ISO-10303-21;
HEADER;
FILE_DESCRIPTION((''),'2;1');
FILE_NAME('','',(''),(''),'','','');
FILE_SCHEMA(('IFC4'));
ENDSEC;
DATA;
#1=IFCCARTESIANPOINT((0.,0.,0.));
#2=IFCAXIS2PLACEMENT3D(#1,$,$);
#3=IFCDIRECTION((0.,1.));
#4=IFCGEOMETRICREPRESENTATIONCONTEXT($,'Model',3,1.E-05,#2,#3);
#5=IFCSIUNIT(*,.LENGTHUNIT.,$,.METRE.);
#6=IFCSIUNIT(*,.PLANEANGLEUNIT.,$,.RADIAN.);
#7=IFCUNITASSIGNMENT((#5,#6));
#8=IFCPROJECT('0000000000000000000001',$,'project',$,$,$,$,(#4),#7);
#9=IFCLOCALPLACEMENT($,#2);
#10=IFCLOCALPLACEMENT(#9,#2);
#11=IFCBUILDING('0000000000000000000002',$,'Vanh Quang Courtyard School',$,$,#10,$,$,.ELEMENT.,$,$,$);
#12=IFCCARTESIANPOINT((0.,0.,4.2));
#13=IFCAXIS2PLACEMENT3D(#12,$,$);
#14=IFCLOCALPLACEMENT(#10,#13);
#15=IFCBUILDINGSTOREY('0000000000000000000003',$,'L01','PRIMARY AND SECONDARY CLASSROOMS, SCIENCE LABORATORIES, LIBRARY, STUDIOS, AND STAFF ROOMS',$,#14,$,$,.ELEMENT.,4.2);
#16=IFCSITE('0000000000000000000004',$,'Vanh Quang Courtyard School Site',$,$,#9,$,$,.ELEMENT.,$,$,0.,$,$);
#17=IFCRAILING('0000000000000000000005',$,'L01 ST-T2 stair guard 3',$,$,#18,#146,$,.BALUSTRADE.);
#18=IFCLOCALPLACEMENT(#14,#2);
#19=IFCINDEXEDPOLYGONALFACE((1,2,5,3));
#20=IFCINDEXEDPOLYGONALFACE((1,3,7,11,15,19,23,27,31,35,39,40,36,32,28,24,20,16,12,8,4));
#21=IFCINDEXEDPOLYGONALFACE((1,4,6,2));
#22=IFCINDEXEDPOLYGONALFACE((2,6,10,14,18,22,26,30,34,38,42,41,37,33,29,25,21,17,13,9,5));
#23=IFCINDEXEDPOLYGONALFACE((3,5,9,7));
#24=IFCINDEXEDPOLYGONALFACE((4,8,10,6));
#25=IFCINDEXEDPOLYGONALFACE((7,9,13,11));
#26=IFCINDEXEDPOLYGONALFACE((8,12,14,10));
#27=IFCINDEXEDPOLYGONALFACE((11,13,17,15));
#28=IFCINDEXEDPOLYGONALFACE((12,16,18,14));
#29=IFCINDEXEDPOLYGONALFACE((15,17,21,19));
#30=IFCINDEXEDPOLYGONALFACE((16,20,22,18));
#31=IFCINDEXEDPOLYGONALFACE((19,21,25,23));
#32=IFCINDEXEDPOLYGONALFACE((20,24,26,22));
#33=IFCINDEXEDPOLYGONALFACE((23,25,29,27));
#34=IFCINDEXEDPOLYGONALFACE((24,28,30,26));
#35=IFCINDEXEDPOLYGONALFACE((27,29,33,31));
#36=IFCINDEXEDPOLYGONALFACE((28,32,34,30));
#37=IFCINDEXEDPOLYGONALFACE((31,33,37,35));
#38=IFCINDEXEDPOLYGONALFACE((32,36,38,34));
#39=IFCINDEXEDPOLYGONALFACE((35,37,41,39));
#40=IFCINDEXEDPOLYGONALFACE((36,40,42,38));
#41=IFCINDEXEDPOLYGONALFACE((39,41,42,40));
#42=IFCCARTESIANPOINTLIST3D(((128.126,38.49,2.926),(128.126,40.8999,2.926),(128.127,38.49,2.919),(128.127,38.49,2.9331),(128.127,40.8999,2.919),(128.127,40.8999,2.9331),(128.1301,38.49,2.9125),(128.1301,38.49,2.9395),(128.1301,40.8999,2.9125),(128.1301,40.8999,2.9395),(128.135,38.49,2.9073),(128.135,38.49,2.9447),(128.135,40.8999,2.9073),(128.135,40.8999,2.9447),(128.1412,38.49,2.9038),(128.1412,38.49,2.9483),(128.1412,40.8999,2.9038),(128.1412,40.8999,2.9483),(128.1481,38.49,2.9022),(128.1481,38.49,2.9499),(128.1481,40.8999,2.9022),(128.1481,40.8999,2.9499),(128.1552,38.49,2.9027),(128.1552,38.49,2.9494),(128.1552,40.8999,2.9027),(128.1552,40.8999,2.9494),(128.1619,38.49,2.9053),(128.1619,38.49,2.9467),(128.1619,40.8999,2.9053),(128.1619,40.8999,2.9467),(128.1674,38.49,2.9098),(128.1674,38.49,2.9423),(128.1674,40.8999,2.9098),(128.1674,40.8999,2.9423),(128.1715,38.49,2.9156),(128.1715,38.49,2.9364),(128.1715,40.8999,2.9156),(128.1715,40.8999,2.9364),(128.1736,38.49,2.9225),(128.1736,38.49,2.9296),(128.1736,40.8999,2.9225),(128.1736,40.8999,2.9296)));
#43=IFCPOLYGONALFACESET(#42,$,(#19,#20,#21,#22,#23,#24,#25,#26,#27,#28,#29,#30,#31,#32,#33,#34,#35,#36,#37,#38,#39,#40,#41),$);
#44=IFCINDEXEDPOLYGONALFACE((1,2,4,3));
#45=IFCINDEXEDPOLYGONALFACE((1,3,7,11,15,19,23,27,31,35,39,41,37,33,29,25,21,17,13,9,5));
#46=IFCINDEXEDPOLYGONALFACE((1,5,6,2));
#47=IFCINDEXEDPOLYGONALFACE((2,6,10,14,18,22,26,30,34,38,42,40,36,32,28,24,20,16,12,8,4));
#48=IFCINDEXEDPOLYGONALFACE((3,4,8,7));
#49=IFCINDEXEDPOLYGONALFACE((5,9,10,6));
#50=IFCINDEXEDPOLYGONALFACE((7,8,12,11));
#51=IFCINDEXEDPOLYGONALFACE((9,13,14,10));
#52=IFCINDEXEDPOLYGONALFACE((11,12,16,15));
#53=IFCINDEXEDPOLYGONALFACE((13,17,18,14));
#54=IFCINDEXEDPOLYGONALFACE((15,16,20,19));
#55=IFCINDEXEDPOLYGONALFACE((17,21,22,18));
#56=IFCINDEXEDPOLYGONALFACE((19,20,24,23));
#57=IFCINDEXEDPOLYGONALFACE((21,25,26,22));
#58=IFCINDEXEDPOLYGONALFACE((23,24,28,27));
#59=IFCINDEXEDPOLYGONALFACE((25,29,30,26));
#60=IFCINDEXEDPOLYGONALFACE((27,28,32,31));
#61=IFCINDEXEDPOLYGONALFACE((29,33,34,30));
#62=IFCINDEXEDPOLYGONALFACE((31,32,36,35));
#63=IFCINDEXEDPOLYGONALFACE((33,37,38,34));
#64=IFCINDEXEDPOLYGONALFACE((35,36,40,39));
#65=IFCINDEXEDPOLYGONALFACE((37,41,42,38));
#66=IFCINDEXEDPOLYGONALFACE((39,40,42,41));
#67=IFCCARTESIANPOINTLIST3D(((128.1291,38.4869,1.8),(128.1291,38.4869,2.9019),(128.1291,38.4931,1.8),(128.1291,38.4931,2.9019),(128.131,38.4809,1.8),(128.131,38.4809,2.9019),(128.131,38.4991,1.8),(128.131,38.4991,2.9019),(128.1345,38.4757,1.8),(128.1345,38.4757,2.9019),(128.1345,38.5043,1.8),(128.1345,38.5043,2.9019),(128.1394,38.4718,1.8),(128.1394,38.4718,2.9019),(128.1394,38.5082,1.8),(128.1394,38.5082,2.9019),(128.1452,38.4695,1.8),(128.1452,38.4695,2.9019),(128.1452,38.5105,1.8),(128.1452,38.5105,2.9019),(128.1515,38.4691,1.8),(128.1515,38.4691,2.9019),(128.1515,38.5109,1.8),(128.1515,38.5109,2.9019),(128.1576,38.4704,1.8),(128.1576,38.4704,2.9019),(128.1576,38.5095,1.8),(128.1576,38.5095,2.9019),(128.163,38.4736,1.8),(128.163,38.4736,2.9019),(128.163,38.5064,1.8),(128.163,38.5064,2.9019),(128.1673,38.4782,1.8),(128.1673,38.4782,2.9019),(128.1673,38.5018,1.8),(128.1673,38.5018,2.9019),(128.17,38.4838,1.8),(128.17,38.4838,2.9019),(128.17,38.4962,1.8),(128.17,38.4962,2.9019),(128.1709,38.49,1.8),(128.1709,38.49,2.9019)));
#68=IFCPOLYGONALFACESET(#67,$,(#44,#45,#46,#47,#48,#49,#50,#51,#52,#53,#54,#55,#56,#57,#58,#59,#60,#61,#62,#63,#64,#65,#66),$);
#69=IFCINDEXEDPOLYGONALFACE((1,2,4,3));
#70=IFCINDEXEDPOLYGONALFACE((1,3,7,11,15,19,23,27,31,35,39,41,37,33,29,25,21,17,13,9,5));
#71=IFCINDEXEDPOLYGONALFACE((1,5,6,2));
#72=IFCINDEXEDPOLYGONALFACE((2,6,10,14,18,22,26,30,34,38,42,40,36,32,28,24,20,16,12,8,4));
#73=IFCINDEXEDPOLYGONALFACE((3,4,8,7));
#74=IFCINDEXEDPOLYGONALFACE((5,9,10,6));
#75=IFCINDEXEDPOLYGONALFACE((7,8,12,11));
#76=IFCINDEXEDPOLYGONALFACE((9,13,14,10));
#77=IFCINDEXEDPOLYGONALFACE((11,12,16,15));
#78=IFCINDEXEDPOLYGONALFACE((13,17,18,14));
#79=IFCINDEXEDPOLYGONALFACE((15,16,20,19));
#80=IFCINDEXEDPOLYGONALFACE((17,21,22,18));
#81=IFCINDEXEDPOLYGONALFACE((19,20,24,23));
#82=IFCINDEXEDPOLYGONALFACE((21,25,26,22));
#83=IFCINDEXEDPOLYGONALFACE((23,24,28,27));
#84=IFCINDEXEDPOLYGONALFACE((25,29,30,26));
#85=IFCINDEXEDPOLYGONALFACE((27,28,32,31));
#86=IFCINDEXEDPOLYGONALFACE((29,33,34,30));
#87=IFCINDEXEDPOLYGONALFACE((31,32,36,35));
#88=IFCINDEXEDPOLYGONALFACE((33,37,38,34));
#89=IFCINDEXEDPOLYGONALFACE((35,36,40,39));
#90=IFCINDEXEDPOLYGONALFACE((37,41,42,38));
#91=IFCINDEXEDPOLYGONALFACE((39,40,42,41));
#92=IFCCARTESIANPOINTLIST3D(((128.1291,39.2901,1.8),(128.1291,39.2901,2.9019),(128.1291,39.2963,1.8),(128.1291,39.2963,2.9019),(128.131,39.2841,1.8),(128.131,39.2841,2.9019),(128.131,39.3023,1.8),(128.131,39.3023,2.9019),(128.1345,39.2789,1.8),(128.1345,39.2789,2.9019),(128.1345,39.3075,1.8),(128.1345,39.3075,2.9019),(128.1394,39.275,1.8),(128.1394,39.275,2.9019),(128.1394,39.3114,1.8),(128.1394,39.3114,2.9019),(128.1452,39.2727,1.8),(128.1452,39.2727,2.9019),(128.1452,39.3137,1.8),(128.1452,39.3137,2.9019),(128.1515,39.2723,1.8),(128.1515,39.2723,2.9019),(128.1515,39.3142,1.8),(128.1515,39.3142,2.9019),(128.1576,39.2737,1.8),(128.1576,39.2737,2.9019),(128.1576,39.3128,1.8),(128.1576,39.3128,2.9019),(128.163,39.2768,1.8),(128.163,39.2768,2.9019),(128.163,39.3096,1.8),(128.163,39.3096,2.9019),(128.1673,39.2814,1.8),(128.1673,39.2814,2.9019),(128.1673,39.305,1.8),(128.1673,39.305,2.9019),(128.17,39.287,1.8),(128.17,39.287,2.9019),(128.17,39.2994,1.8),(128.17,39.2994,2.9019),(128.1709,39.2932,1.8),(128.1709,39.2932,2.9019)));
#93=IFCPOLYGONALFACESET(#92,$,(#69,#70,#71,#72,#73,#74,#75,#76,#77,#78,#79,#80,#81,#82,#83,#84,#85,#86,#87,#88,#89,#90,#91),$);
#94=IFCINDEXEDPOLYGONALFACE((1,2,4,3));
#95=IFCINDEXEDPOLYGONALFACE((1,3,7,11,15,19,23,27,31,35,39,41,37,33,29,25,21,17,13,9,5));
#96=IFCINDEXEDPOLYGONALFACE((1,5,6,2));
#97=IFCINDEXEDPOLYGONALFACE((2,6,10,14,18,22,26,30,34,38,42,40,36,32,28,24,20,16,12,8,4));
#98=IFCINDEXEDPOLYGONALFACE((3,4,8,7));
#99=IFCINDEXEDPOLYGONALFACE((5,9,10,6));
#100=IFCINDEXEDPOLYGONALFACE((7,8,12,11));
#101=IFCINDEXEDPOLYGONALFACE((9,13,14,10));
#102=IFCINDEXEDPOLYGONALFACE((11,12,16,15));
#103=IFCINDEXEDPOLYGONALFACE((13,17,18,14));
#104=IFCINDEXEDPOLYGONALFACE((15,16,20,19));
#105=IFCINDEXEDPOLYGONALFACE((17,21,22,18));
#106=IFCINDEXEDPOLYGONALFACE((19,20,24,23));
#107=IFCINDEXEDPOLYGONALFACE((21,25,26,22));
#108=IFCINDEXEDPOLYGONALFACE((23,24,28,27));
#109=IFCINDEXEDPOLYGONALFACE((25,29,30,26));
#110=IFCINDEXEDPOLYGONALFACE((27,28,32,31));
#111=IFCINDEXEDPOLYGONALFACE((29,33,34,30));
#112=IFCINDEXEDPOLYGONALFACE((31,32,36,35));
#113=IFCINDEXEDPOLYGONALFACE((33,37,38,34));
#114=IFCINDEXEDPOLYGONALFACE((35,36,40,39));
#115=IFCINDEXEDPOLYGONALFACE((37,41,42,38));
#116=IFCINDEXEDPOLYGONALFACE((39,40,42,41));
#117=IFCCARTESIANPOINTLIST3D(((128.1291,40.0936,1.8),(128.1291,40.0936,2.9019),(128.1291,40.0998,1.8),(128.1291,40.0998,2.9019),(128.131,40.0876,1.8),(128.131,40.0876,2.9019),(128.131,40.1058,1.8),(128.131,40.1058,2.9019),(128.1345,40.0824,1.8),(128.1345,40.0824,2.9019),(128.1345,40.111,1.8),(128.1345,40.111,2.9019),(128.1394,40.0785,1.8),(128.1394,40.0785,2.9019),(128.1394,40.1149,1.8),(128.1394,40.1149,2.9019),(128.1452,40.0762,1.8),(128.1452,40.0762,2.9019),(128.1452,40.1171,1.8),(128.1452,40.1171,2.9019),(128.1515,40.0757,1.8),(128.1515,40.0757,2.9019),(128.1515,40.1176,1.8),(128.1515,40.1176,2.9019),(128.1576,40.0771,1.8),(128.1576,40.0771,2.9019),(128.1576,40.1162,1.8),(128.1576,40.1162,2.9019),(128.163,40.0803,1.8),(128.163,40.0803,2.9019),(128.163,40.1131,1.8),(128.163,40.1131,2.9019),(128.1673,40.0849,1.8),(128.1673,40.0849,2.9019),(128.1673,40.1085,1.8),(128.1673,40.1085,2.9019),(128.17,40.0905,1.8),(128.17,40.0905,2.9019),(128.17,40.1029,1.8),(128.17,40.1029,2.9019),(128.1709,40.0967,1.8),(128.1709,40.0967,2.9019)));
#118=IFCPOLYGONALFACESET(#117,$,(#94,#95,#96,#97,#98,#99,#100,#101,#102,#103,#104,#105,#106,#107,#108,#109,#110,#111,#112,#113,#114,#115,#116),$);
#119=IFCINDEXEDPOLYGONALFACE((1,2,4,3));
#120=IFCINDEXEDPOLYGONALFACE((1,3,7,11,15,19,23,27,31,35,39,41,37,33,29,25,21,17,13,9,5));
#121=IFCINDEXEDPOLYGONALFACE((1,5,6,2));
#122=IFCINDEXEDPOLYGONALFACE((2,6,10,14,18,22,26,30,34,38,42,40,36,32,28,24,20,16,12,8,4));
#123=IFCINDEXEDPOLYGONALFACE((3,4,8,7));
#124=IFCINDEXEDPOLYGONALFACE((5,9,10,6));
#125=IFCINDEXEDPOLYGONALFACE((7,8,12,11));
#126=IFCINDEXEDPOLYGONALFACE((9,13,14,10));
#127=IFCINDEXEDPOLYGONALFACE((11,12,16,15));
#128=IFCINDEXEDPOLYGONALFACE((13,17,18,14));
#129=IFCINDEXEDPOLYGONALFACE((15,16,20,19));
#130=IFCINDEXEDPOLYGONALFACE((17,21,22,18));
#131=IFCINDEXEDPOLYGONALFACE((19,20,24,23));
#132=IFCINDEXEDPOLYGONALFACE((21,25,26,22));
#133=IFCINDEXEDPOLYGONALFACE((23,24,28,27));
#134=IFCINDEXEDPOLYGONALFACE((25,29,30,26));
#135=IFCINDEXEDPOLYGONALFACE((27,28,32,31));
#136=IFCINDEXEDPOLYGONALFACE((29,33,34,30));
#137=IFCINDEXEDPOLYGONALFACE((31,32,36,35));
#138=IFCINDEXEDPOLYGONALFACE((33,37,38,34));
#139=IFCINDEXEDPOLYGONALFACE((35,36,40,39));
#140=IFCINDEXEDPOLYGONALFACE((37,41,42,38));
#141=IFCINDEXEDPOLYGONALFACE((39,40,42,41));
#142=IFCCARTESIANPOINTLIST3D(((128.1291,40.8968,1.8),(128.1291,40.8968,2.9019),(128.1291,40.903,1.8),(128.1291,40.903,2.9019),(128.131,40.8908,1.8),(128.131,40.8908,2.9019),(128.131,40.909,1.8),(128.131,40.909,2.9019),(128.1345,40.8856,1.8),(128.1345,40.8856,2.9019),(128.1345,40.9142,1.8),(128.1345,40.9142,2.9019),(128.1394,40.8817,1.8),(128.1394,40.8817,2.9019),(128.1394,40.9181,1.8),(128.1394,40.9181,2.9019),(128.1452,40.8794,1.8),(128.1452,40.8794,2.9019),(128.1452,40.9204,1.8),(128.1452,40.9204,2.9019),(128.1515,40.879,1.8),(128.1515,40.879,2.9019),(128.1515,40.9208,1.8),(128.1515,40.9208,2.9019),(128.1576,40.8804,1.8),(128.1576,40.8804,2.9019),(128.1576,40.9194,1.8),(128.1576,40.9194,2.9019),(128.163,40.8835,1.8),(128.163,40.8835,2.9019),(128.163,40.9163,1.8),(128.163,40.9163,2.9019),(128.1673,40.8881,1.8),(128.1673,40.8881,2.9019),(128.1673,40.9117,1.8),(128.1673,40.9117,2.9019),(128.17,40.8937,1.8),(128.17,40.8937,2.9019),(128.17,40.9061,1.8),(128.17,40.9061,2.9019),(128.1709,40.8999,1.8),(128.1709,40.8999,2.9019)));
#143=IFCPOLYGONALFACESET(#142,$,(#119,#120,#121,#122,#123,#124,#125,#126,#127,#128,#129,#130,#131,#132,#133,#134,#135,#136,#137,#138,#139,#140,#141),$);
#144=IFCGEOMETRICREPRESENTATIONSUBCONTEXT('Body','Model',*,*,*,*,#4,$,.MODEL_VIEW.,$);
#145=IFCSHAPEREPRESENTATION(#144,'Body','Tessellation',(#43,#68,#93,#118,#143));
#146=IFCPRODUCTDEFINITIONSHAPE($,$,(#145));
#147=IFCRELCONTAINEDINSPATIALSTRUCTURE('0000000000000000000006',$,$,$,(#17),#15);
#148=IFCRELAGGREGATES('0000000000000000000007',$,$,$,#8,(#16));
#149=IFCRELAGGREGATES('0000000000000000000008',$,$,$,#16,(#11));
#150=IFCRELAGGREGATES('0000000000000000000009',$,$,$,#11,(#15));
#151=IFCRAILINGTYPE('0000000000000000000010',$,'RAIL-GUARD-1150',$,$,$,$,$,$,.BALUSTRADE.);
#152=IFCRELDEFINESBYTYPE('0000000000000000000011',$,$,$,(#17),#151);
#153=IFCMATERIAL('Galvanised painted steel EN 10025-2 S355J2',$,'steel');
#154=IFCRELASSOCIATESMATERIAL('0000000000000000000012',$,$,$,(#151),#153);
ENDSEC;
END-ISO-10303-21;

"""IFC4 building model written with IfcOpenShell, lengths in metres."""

from ifc_helpers import new_model, si_unit, direction, frame, origin, origin_2d, place, context, subcontext, project, spatial, circle, extrude, material, type_object, element, save


model = new_model("IFC4")

# Units and contexts
model_context = context("Model", 3, precision=1e-05, world=origin(), true_north=direction((0.0, 1.0)))
body_context = subcontext(model_context, "Body", "Model", "MODEL_VIEW")
ifc_project = project(units=[si_unit("LENGTHUNIT", "METRE"), si_unit("PLANEANGLEUNIT", "RADIAN")], contexts=[model_context])

# Site, building, storey
site_placement = place(None, origin())
site = spatial("IfcSite", under=ifc_project, at=site_placement, Name="Vanh Quang Courtyard School Site", CompositionType="ELEMENT", RefElevation=0.0)
building_placement = place(site_placement, origin())
building = spatial("IfcBuilding", under=site, at=building_placement, Name="Vanh Quang Courtyard School", CompositionType="ELEMENT")
storey_placement = place(building_placement, frame((0.0, 0.0, 4.2)))
storey = spatial("IfcBuildingStorey", under=building, at=storey_placement, Name="L01", Description="PRIMARY AND SECONDARY CLASSROOMS, SCIENCE LABORATORIES, LIBRARY, STUDIOS, AND STAFF ROOMS", CompositionType="ELEMENT", Elevation=4.2)

# Railing
ifc_material_1 = material(Name="Galvanised painted steel EN 10025-2 S355J2", Category="steel")
railing_type = type_object("IfcRailingType", Name="RAIL-GUARD-1150", PredefinedType="BALUSTRADE", material=ifc_material_1)
railing_1_placement = place(storey_placement, frame((128.1499, 38.49, 1.8)))
element("IfcRailing", 1, at=railing_1_placement, inside=storey, type_object=railing_type, Name="L01 ST-T2 stair guard 3", PredefinedType="BALUSTRADE", context=body_context, shape_type="SweptSolid", body=[
    extrude(circle(Radius=0.0239, at=origin_2d()), frame((0.0, 0.0, 1.126), z_axis=(0.0, 1.0, 0.0), x_axis=(-1.0, 0.0, 0.0)), (0.0, 0.0, 1.0), 2.4099),
    extrude(circle(Radius=0.021, at=origin_2d()), origin(), (0.0, 0.0, 1.0), 1.1018),
    extrude(circle(Radius=0.021, at=origin_2d()), frame((0.0, 0.8032, 0.0)), (0.0, 0.0, 1.0), 1.1018),
    extrude(circle(Radius=0.021, at=origin_2d()), frame((0.0, 1.6067, 0.0)), (0.0, 0.0, 1.0), 1.1018),
    extrude(circle(Radius=0.021, at=origin_2d()), frame((0.0, 2.4099, 0.0)), (0.0, 0.0, 1.0), 1.1018),
])

save(model, "model.ifc")
